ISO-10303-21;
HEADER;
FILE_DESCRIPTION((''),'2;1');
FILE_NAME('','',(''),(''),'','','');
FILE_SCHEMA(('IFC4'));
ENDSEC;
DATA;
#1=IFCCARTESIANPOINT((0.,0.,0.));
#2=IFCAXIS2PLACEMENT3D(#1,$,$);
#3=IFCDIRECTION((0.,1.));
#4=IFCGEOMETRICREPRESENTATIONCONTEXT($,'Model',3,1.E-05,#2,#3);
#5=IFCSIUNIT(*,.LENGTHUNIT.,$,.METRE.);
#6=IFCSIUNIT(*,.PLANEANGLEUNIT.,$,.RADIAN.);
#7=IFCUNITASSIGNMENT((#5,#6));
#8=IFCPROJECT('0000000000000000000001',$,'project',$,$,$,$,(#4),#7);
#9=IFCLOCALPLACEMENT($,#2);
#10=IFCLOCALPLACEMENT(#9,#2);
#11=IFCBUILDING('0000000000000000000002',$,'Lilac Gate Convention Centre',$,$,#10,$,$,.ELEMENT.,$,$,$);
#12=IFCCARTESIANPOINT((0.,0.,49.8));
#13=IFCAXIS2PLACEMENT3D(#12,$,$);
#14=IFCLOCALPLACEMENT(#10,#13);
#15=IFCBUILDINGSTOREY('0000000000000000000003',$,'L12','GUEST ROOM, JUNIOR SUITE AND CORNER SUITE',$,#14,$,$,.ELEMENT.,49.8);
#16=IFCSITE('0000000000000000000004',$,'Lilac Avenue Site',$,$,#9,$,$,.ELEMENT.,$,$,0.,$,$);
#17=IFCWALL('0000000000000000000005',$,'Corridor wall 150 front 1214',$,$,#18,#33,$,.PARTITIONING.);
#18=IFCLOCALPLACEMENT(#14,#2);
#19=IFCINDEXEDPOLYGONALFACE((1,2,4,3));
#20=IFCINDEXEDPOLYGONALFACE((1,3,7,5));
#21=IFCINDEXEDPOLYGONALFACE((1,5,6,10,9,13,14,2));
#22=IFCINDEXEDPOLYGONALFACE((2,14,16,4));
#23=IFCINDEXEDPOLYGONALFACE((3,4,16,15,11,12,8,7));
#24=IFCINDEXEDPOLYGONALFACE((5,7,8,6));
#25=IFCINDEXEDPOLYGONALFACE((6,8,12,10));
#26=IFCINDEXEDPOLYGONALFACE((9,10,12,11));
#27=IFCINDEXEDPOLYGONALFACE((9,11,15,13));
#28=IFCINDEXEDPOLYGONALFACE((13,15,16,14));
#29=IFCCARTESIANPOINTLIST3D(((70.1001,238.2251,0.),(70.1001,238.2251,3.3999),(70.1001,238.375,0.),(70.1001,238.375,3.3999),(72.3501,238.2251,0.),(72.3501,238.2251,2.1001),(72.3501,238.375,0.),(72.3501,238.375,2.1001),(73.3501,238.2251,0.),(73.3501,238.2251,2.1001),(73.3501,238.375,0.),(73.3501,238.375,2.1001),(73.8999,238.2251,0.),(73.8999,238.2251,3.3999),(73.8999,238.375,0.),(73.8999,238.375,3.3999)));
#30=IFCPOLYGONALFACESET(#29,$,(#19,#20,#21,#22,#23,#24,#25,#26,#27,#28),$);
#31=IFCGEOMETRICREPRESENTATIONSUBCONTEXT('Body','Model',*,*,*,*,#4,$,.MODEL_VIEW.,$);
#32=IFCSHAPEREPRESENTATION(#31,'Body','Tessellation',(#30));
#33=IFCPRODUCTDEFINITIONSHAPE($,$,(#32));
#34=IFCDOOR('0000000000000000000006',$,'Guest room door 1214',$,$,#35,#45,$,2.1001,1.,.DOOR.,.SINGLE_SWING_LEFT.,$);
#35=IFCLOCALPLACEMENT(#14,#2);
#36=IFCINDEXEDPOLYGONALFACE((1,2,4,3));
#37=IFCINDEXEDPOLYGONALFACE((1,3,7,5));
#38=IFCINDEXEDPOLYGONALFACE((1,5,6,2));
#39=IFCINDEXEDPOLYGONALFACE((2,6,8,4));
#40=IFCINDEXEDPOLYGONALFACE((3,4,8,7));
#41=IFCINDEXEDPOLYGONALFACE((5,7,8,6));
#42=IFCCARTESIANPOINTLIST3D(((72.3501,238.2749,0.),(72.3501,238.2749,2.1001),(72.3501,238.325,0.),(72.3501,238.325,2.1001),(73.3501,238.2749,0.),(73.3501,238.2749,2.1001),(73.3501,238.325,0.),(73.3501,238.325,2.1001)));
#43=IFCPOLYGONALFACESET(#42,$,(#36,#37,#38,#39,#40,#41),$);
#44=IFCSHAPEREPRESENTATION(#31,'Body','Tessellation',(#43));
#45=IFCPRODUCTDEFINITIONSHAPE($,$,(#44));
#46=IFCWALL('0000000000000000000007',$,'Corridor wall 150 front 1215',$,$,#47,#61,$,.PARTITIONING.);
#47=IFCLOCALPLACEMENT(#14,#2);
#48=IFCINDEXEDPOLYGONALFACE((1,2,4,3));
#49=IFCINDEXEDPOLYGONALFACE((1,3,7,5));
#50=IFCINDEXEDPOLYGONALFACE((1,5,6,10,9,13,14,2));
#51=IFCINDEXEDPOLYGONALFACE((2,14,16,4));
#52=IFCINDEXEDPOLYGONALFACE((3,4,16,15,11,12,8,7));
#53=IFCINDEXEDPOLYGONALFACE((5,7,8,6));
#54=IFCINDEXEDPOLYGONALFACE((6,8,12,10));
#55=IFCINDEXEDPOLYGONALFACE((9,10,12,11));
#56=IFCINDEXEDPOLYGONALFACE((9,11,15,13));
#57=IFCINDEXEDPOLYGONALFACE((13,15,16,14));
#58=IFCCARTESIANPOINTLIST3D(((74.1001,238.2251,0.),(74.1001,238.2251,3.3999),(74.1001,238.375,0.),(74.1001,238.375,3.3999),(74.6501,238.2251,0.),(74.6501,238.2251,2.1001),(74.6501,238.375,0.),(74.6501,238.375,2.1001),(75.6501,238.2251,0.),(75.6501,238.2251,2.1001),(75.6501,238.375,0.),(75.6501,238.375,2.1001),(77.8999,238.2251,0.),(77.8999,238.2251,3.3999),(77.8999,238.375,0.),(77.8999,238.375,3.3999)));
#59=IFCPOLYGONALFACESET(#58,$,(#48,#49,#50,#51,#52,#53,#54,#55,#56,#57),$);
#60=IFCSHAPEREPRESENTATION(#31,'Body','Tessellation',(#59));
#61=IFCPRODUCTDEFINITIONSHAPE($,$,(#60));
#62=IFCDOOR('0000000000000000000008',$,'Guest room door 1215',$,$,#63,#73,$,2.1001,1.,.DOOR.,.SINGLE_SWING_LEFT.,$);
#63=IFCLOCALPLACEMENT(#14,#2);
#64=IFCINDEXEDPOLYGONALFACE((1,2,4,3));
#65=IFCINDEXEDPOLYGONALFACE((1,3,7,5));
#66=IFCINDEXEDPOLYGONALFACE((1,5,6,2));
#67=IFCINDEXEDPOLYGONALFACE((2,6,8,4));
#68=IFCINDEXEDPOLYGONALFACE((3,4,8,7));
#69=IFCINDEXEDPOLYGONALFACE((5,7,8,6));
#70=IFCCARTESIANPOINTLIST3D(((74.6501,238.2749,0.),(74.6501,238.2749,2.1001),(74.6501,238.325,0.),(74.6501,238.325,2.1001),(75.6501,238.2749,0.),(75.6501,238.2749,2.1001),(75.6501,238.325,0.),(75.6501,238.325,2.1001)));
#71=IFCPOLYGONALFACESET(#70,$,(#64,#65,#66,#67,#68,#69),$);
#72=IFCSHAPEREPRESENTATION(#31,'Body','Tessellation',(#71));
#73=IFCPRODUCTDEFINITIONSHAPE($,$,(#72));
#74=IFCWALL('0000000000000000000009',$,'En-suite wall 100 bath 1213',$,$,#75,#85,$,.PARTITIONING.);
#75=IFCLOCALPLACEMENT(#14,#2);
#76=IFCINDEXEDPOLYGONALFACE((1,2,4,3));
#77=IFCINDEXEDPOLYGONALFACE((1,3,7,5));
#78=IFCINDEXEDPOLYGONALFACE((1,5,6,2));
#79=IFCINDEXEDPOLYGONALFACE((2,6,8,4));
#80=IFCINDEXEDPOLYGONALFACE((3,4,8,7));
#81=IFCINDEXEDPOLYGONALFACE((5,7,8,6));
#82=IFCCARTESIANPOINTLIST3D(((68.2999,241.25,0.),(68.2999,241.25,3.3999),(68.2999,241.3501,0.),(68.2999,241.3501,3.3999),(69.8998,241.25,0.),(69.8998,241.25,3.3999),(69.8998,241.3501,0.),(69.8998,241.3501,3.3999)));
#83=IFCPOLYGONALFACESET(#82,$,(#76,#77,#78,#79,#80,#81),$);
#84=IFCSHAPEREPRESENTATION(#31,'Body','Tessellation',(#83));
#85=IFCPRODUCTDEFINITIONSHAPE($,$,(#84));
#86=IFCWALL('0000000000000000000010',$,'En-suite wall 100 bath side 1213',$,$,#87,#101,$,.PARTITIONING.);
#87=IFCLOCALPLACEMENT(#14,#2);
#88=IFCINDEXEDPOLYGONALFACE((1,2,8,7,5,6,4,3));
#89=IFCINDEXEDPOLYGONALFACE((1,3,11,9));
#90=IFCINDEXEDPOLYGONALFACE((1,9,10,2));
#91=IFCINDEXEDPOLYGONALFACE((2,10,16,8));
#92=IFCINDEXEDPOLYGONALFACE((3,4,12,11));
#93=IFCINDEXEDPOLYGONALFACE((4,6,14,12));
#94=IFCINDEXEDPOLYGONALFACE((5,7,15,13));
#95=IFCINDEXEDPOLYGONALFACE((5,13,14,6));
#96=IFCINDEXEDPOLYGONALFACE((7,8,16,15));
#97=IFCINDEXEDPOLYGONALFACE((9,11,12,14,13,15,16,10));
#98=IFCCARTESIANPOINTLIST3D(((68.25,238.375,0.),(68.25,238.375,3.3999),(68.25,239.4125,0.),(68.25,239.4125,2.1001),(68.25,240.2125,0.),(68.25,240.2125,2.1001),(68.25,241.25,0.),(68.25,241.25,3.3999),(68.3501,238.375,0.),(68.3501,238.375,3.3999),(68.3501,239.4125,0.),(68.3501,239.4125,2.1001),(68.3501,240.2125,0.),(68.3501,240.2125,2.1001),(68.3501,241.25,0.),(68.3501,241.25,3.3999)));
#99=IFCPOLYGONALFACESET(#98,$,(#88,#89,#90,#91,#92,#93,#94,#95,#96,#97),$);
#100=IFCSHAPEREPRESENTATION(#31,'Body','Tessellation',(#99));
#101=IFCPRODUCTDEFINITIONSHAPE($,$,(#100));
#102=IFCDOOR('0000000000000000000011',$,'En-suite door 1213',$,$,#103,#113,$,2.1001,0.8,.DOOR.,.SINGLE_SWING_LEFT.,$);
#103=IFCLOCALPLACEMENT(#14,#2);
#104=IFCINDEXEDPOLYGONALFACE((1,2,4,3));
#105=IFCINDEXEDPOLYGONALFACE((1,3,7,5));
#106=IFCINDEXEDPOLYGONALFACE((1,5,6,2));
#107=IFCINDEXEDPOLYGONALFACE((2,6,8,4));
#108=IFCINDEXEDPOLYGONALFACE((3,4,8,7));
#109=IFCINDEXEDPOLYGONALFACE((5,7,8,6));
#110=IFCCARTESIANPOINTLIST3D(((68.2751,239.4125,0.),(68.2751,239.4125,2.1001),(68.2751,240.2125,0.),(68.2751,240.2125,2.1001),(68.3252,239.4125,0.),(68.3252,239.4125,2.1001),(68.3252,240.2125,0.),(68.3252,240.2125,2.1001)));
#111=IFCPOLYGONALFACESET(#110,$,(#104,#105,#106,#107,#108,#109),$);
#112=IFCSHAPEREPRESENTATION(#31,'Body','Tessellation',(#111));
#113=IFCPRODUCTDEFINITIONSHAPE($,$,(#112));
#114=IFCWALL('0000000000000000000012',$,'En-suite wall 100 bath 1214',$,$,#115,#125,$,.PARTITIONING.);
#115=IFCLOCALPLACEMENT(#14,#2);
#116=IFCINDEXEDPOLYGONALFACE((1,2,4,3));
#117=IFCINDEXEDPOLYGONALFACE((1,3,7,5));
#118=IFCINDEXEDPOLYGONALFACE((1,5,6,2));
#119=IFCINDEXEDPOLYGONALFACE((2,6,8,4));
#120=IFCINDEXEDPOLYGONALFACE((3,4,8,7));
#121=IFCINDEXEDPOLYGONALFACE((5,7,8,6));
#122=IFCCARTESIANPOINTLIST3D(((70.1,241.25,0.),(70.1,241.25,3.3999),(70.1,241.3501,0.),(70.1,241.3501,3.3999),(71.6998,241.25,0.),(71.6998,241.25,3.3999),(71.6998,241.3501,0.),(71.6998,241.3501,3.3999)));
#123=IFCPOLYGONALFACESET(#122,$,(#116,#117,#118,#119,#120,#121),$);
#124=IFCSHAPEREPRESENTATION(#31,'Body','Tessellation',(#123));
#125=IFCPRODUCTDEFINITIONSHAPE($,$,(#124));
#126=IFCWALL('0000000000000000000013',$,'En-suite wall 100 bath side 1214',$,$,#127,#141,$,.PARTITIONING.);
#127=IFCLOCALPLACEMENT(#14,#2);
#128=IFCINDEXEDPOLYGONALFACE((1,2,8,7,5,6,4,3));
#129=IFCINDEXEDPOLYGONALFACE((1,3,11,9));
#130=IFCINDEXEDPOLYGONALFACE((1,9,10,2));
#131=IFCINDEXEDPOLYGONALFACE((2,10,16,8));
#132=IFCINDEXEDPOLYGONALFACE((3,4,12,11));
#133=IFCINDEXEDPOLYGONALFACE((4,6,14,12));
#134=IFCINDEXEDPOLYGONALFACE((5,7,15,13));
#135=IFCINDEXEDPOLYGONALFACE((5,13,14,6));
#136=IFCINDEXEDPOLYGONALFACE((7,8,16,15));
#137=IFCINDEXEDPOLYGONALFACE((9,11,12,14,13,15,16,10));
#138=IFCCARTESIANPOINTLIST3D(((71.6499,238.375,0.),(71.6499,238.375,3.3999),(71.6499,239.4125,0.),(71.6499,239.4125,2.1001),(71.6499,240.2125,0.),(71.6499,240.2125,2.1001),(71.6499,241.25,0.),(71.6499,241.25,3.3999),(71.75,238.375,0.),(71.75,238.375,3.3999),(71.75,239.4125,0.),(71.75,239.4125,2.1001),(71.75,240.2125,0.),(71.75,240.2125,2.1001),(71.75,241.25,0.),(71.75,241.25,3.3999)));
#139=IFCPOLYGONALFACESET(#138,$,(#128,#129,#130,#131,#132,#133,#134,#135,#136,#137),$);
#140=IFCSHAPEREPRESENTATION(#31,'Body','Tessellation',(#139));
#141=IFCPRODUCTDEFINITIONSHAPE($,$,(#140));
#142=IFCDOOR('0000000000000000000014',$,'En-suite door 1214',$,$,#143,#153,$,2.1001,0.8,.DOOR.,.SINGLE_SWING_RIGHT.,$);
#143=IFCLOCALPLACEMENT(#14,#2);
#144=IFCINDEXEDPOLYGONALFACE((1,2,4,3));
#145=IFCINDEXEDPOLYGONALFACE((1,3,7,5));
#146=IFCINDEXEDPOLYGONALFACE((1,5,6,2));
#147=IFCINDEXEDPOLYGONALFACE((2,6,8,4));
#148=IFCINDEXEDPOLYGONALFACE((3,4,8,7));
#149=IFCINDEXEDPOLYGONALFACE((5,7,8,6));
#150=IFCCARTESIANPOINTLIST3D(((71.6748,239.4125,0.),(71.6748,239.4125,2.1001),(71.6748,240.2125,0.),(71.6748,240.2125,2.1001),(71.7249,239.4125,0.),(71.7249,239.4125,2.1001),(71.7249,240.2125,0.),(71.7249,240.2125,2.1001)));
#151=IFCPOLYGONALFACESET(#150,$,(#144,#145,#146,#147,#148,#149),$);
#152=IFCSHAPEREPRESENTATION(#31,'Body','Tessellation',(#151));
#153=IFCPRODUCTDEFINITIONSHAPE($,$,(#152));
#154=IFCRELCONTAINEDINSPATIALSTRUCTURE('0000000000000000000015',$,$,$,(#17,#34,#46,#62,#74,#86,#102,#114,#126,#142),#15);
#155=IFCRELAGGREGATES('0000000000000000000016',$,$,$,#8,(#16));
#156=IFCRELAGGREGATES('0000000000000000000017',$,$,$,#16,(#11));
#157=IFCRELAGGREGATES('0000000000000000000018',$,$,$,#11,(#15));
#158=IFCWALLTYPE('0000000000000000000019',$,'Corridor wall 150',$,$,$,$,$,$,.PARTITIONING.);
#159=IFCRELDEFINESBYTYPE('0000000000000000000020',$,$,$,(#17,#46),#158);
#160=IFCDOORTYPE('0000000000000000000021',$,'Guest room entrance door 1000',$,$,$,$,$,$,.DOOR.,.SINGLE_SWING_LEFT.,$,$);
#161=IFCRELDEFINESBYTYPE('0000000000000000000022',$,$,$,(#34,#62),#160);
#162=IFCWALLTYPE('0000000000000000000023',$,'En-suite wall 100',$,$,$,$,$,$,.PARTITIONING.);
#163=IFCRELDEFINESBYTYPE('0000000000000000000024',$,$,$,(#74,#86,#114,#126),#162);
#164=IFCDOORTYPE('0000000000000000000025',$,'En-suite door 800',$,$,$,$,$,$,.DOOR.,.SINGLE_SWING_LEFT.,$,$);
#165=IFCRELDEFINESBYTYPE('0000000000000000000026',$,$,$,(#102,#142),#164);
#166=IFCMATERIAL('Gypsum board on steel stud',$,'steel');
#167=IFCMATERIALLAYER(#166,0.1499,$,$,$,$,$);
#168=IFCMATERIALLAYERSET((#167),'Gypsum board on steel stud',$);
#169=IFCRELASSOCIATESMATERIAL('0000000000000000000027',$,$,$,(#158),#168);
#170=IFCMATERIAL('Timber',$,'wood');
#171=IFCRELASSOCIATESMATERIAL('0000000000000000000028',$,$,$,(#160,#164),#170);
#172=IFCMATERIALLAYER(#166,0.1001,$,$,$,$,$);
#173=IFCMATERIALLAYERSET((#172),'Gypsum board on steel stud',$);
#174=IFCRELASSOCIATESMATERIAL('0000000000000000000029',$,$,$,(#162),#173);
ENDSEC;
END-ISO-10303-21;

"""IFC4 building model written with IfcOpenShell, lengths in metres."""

from ifc_helpers import new_model, si_unit, direction, frame, frame_2d, origin, place, context, subcontext, project, spatial, rectangle, extrude, material, layer, layer_set, type_object, element, fill, save


model = new_model("IFC4")

# Units and contexts
model_context = context("Model", 3, precision=1e-05, world=origin(), true_north=direction((0.0, 1.0)))
body_context = subcontext(model_context, "Body", "Model", "MODEL_VIEW")
ifc_project = project(units=[si_unit("LENGTHUNIT", "METRE"), si_unit("PLANEANGLEUNIT", "RADIAN")], contexts=[model_context])

# Site, building, storey
site_placement = place(None, origin())
site = spatial("IfcSite", under=ifc_project, at=site_placement, Name="Lilac Avenue Site", CompositionType="ELEMENT", RefElevation=0.0)
building_placement = place(site_placement, origin())
building = spatial("IfcBuilding", under=site, at=building_placement, Name="Lilac Gate Convention Centre", CompositionType="ELEMENT")
storey_placement = place(building_placement, frame((0.0, 0.0, 49.8)))
storey = spatial("IfcBuildingStorey", under=building, at=storey_placement, Name="L12", Description="GUEST ROOM, JUNIOR SUITE AND CORNER SUITE", CompositionType="ELEMENT", Elevation=49.8)

# Walls, openings, doors
ifc_material_1 = material(Name="Gypsum board on steel stud", Category="steel")
ifc_layer_1 = layer(ifc_material_1, 0.1499)
ifc_layer_set_1 = layer_set([ifc_layer_1], Name="Gypsum board on steel stud")
wall_type_1 = type_object("IfcWallType", Name="Corridor wall 150", PredefinedType="PARTITIONING", material=ifc_layer_set_1)
ifc_material_2 = material(Name="Timber", Category="wood")
door_type_1 = type_object("IfcDoorType", Name="Guest room entrance door 1000", OperationType="SINGLE_SWING_LEFT", PredefinedType="DOOR", material=ifc_material_2)
wall_1_placement = place(storey_placement, frame((70.1001, 238.3, 0.0), z_axis=(0.0, 0.0, 1.0), x_axis=(1.0, 0.0, 0.0)))
wall_1 = element("IfcWall", 1, at=wall_1_placement, inside=storey, type_object=wall_type_1, Name="Corridor wall 150 front 1214", PredefinedType="PARTITIONING", context=body_context, shape_type="SweptSolid", body=[
    extrude(rectangle(XDim=3.7998, YDim=0.1499, at=frame_2d((1.8999, 0.0))), origin(), (0.0, 0.0, 1.0), 3.3999),
])
opening_1_placement = place(wall_1_placement, frame((2.25, 0.0, 0.0)))
opening_1 = element("IfcOpeningElement", 2, at=opening_1_placement, cuts=wall_1, PredefinedType="OPENING", context=body_context, shape_type="SweptSolid", body=[
    extrude(rectangle(XDim=1.0, YDim=2.1001, at=frame_2d((0.5, 1.05))), frame((0.0, 0.085, 0.0), z_axis=(0.0, -1.0, 0.0), x_axis=(1.0, 0.0, 0.0)), (0.0, 0.0, 1.0), 0.1699),
])
door_1_placement = place(opening_1_placement, origin())
door_1 = element("IfcDoor", 3, at=door_1_placement, inside=storey, type_object=door_type_1, Name="Guest room door 1214", OperationType="SINGLE_SWING_LEFT", OverallHeight=2.1001, OverallWidth=1.0, PredefinedType="DOOR", context=body_context, shape_type="SweptSolid", body=[
    extrude(rectangle(XDim=1.0, YDim=2.1001, at=frame_2d((0.5, 1.05))), frame((0.0, 0.0249, 0.0), z_axis=(0.0, -1.0, 0.0), x_axis=(1.0, 0.0, 0.0)), (0.0, 0.0, 1.0), 0.05),
])
fill(opening_1, door_1)
wall_2_placement = place(storey_placement, frame((74.1001, 238.3, 0.0), z_axis=(0.0, 0.0, 1.0), x_axis=(1.0, 0.0, 0.0)))
wall_2 = element("IfcWall", 4, at=wall_2_placement, inside=storey, type_object=wall_type_1, Name="Corridor wall 150 front 1215", PredefinedType="PARTITIONING", context=body_context, shape_type="SweptSolid", body=[
    extrude(rectangle(XDim=3.7998, YDim=0.1499, at=frame_2d((1.8999, 0.0))), origin(), (0.0, 0.0, 1.0), 3.3999),
])
opening_2_placement = place(wall_2_placement, frame((0.55, 0.0, 0.0)))
opening_2 = element("IfcOpeningElement", 5, at=opening_2_placement, cuts=wall_2, PredefinedType="OPENING", context=body_context, shape_type="SweptSolid", body=[
    extrude(rectangle(XDim=1.0, YDim=2.1001, at=frame_2d((0.5, 1.05))), frame((0.0, 0.085, 0.0), z_axis=(0.0, -1.0, 0.0), x_axis=(1.0, 0.0, 0.0)), (0.0, 0.0, 1.0), 0.1699),
])
door_2_placement = place(opening_2_placement, origin())
door_2 = element("IfcDoor", 6, at=door_2_placement, inside=storey, type_object=door_type_1, Name="Guest room door 1215", OperationType="SINGLE_SWING_LEFT", OverallHeight=2.1001, OverallWidth=1.0, PredefinedType="DOOR", context=body_context, shape_type="SweptSolid", body=[
    extrude(rectangle(XDim=1.0, YDim=2.1001, at=frame_2d((0.5, 1.05))), frame((0.0, 0.0249, 0.0), z_axis=(0.0, -1.0, 0.0), x_axis=(1.0, 0.0, 0.0)), (0.0, 0.0, 1.0), 0.05),
])
fill(opening_2, door_2)

# Wall
ifc_layer_2 = layer(ifc_material_1, 0.1001)
ifc_layer_set_2 = layer_set([ifc_layer_2], Name="Gypsum board on steel stud")
wall_type_2 = type_object("IfcWallType", Name="En-suite wall 100", PredefinedType="PARTITIONING", material=ifc_layer_set_2)
wall_3_placement = place(storey_placement, frame((68.3, 241.3, 0.0), z_axis=(0.0, 0.0, 1.0), x_axis=(1.0, 0.0, 0.0)))
element("IfcWall", 7, at=wall_3_placement, inside=storey, type_object=wall_type_2, Name="En-suite wall 100 bath 1213", PredefinedType="PARTITIONING", context=body_context, shape_type="SweptSolid", body=[
    extrude(rectangle(XDim=1.5999, YDim=0.1001, at=frame_2d((0.7998, 0.0))), origin(), (0.0, 0.0, 1.0), 3.3999),
])

# Wall, opening, door
wall_4_placement = place(storey_placement, frame((68.3, 238.375, 0.0), z_axis=(0.0, 0.0, 1.0), x_axis=(0.0, 1.0, 0.0)))
wall_4 = element("IfcWall", 8, at=wall_4_placement, inside=storey, type_object=wall_type_2, Name="En-suite wall 100 bath side 1213", PredefinedType="PARTITIONING", context=body_context, shape_type="SweptSolid", body=[
    extrude(rectangle(XDim=2.875, YDim=0.1001, at=frame_2d((1.4375, 0.0))), origin(), (0.0, 0.0, 1.0), 3.3999),
])
opening_3_placement = place(wall_4_placement, frame((1.0376, 0.0, 0.0)))
opening_3 = element("IfcOpeningElement", 9, at=opening_3_placement, cuts=wall_4, PredefinedType="OPENING", context=body_context, shape_type="SweptSolid", body=[
    extrude(rectangle(XDim=0.8, YDim=2.1001, at=frame_2d((0.3999, 1.05))), frame((0.0, 0.0601, 0.0), z_axis=(0.0, -1.0, 0.0), x_axis=(1.0, 0.0, 0.0)), (0.0, 0.0, 1.0), 0.1201),
])
door_type_2 = type_object("IfcDoorType", Name="En-suite door 800", OperationType="SINGLE_SWING_LEFT", PredefinedType="DOOR", material=ifc_material_2)
door_3_placement = place(opening_3_placement, origin())
door_3 = element("IfcDoor", 10, at=door_3_placement, inside=storey, type_object=door_type_2, Name="En-suite door 1213", OperationType="SINGLE_SWING_LEFT", OverallHeight=2.1001, OverallWidth=0.8, PredefinedType="DOOR", context=body_context, shape_type="SweptSolid", body=[
    extrude(rectangle(XDim=0.8, YDim=2.1001, at=frame_2d((0.3999, 1.05))), frame((0.0, 0.0249, 0.0), z_axis=(0.0, -1.0, 0.0), x_axis=(1.0, 0.0, 0.0)), (0.0, 0.0, 1.0), 0.05),
])
fill(opening_3, door_3)

# Wall
wall_5_placement = place(storey_placement, frame((70.1001, 241.3, 0.0), z_axis=(0.0, 0.0, 1.0), x_axis=(1.0, 0.0, 0.0)))
element("IfcWall", 11, at=wall_5_placement, inside=storey, type_object=wall_type_2, Name="En-suite wall 100 bath 1214", PredefinedType="PARTITIONING", context=body_context, shape_type="SweptSolid", body=[
    extrude(rectangle(XDim=1.5999, YDim=0.1001, at=frame_2d((0.7998, 0.0))), origin(), (0.0, 0.0, 1.0), 3.3999),
])

# Wall, opening, door
wall_6_placement = place(storey_placement, frame((71.7, 241.25, 0.0), z_axis=(0.0, 0.0, 1.0), x_axis=(0.0, -1.0, 0.0)))
wall_6 = element("IfcWall", 12, at=wall_6_placement, inside=storey, type_object=wall_type_2, Name="En-suite wall 100 bath side 1214", PredefinedType="PARTITIONING", context=body_context, shape_type="SweptSolid", body=[
    extrude(rectangle(XDim=2.875, YDim=0.1001, at=frame_2d((1.4375, 0.0))), origin(), (0.0, 0.0, 1.0), 3.3999),
])
opening_4_placement = place(wall_6_placement, frame((1.0376, 0.0, 0.0)))
opening_4 = element("IfcOpeningElement", 13, at=opening_4_placement, cuts=wall_6, PredefinedType="OPENING", context=body_context, shape_type="SweptSolid", body=[
    extrude(rectangle(XDim=0.8, YDim=2.1001, at=frame_2d((0.3999, 1.05))), frame((0.0, 0.0601, 0.0), z_axis=(0.0, -1.0, 0.0), x_axis=(1.0, 0.0, 0.0)), (0.0, 0.0, 1.0), 0.1201),
])
door_4_placement = place(opening_4_placement, origin())
door_4 = element("IfcDoor", 14, at=door_4_placement, inside=storey, type_object=door_type_2, Name="En-suite door 1214", OperationType="SINGLE_SWING_RIGHT", OverallHeight=2.1001, OverallWidth=0.8, PredefinedType="DOOR", context=body_context, shape_type="SweptSolid", body=[
    extrude(rectangle(XDim=0.8, YDim=2.1001, at=frame_2d((0.3999, 1.05))), frame((0.0, 0.0249, 0.0), z_axis=(0.0, -1.0, 0.0), x_axis=(1.0, 0.0, 0.0)), (0.0, 0.0, 1.0), 0.05),
])
fill(opening_4, door_4)

save(model, "model.ifc")
